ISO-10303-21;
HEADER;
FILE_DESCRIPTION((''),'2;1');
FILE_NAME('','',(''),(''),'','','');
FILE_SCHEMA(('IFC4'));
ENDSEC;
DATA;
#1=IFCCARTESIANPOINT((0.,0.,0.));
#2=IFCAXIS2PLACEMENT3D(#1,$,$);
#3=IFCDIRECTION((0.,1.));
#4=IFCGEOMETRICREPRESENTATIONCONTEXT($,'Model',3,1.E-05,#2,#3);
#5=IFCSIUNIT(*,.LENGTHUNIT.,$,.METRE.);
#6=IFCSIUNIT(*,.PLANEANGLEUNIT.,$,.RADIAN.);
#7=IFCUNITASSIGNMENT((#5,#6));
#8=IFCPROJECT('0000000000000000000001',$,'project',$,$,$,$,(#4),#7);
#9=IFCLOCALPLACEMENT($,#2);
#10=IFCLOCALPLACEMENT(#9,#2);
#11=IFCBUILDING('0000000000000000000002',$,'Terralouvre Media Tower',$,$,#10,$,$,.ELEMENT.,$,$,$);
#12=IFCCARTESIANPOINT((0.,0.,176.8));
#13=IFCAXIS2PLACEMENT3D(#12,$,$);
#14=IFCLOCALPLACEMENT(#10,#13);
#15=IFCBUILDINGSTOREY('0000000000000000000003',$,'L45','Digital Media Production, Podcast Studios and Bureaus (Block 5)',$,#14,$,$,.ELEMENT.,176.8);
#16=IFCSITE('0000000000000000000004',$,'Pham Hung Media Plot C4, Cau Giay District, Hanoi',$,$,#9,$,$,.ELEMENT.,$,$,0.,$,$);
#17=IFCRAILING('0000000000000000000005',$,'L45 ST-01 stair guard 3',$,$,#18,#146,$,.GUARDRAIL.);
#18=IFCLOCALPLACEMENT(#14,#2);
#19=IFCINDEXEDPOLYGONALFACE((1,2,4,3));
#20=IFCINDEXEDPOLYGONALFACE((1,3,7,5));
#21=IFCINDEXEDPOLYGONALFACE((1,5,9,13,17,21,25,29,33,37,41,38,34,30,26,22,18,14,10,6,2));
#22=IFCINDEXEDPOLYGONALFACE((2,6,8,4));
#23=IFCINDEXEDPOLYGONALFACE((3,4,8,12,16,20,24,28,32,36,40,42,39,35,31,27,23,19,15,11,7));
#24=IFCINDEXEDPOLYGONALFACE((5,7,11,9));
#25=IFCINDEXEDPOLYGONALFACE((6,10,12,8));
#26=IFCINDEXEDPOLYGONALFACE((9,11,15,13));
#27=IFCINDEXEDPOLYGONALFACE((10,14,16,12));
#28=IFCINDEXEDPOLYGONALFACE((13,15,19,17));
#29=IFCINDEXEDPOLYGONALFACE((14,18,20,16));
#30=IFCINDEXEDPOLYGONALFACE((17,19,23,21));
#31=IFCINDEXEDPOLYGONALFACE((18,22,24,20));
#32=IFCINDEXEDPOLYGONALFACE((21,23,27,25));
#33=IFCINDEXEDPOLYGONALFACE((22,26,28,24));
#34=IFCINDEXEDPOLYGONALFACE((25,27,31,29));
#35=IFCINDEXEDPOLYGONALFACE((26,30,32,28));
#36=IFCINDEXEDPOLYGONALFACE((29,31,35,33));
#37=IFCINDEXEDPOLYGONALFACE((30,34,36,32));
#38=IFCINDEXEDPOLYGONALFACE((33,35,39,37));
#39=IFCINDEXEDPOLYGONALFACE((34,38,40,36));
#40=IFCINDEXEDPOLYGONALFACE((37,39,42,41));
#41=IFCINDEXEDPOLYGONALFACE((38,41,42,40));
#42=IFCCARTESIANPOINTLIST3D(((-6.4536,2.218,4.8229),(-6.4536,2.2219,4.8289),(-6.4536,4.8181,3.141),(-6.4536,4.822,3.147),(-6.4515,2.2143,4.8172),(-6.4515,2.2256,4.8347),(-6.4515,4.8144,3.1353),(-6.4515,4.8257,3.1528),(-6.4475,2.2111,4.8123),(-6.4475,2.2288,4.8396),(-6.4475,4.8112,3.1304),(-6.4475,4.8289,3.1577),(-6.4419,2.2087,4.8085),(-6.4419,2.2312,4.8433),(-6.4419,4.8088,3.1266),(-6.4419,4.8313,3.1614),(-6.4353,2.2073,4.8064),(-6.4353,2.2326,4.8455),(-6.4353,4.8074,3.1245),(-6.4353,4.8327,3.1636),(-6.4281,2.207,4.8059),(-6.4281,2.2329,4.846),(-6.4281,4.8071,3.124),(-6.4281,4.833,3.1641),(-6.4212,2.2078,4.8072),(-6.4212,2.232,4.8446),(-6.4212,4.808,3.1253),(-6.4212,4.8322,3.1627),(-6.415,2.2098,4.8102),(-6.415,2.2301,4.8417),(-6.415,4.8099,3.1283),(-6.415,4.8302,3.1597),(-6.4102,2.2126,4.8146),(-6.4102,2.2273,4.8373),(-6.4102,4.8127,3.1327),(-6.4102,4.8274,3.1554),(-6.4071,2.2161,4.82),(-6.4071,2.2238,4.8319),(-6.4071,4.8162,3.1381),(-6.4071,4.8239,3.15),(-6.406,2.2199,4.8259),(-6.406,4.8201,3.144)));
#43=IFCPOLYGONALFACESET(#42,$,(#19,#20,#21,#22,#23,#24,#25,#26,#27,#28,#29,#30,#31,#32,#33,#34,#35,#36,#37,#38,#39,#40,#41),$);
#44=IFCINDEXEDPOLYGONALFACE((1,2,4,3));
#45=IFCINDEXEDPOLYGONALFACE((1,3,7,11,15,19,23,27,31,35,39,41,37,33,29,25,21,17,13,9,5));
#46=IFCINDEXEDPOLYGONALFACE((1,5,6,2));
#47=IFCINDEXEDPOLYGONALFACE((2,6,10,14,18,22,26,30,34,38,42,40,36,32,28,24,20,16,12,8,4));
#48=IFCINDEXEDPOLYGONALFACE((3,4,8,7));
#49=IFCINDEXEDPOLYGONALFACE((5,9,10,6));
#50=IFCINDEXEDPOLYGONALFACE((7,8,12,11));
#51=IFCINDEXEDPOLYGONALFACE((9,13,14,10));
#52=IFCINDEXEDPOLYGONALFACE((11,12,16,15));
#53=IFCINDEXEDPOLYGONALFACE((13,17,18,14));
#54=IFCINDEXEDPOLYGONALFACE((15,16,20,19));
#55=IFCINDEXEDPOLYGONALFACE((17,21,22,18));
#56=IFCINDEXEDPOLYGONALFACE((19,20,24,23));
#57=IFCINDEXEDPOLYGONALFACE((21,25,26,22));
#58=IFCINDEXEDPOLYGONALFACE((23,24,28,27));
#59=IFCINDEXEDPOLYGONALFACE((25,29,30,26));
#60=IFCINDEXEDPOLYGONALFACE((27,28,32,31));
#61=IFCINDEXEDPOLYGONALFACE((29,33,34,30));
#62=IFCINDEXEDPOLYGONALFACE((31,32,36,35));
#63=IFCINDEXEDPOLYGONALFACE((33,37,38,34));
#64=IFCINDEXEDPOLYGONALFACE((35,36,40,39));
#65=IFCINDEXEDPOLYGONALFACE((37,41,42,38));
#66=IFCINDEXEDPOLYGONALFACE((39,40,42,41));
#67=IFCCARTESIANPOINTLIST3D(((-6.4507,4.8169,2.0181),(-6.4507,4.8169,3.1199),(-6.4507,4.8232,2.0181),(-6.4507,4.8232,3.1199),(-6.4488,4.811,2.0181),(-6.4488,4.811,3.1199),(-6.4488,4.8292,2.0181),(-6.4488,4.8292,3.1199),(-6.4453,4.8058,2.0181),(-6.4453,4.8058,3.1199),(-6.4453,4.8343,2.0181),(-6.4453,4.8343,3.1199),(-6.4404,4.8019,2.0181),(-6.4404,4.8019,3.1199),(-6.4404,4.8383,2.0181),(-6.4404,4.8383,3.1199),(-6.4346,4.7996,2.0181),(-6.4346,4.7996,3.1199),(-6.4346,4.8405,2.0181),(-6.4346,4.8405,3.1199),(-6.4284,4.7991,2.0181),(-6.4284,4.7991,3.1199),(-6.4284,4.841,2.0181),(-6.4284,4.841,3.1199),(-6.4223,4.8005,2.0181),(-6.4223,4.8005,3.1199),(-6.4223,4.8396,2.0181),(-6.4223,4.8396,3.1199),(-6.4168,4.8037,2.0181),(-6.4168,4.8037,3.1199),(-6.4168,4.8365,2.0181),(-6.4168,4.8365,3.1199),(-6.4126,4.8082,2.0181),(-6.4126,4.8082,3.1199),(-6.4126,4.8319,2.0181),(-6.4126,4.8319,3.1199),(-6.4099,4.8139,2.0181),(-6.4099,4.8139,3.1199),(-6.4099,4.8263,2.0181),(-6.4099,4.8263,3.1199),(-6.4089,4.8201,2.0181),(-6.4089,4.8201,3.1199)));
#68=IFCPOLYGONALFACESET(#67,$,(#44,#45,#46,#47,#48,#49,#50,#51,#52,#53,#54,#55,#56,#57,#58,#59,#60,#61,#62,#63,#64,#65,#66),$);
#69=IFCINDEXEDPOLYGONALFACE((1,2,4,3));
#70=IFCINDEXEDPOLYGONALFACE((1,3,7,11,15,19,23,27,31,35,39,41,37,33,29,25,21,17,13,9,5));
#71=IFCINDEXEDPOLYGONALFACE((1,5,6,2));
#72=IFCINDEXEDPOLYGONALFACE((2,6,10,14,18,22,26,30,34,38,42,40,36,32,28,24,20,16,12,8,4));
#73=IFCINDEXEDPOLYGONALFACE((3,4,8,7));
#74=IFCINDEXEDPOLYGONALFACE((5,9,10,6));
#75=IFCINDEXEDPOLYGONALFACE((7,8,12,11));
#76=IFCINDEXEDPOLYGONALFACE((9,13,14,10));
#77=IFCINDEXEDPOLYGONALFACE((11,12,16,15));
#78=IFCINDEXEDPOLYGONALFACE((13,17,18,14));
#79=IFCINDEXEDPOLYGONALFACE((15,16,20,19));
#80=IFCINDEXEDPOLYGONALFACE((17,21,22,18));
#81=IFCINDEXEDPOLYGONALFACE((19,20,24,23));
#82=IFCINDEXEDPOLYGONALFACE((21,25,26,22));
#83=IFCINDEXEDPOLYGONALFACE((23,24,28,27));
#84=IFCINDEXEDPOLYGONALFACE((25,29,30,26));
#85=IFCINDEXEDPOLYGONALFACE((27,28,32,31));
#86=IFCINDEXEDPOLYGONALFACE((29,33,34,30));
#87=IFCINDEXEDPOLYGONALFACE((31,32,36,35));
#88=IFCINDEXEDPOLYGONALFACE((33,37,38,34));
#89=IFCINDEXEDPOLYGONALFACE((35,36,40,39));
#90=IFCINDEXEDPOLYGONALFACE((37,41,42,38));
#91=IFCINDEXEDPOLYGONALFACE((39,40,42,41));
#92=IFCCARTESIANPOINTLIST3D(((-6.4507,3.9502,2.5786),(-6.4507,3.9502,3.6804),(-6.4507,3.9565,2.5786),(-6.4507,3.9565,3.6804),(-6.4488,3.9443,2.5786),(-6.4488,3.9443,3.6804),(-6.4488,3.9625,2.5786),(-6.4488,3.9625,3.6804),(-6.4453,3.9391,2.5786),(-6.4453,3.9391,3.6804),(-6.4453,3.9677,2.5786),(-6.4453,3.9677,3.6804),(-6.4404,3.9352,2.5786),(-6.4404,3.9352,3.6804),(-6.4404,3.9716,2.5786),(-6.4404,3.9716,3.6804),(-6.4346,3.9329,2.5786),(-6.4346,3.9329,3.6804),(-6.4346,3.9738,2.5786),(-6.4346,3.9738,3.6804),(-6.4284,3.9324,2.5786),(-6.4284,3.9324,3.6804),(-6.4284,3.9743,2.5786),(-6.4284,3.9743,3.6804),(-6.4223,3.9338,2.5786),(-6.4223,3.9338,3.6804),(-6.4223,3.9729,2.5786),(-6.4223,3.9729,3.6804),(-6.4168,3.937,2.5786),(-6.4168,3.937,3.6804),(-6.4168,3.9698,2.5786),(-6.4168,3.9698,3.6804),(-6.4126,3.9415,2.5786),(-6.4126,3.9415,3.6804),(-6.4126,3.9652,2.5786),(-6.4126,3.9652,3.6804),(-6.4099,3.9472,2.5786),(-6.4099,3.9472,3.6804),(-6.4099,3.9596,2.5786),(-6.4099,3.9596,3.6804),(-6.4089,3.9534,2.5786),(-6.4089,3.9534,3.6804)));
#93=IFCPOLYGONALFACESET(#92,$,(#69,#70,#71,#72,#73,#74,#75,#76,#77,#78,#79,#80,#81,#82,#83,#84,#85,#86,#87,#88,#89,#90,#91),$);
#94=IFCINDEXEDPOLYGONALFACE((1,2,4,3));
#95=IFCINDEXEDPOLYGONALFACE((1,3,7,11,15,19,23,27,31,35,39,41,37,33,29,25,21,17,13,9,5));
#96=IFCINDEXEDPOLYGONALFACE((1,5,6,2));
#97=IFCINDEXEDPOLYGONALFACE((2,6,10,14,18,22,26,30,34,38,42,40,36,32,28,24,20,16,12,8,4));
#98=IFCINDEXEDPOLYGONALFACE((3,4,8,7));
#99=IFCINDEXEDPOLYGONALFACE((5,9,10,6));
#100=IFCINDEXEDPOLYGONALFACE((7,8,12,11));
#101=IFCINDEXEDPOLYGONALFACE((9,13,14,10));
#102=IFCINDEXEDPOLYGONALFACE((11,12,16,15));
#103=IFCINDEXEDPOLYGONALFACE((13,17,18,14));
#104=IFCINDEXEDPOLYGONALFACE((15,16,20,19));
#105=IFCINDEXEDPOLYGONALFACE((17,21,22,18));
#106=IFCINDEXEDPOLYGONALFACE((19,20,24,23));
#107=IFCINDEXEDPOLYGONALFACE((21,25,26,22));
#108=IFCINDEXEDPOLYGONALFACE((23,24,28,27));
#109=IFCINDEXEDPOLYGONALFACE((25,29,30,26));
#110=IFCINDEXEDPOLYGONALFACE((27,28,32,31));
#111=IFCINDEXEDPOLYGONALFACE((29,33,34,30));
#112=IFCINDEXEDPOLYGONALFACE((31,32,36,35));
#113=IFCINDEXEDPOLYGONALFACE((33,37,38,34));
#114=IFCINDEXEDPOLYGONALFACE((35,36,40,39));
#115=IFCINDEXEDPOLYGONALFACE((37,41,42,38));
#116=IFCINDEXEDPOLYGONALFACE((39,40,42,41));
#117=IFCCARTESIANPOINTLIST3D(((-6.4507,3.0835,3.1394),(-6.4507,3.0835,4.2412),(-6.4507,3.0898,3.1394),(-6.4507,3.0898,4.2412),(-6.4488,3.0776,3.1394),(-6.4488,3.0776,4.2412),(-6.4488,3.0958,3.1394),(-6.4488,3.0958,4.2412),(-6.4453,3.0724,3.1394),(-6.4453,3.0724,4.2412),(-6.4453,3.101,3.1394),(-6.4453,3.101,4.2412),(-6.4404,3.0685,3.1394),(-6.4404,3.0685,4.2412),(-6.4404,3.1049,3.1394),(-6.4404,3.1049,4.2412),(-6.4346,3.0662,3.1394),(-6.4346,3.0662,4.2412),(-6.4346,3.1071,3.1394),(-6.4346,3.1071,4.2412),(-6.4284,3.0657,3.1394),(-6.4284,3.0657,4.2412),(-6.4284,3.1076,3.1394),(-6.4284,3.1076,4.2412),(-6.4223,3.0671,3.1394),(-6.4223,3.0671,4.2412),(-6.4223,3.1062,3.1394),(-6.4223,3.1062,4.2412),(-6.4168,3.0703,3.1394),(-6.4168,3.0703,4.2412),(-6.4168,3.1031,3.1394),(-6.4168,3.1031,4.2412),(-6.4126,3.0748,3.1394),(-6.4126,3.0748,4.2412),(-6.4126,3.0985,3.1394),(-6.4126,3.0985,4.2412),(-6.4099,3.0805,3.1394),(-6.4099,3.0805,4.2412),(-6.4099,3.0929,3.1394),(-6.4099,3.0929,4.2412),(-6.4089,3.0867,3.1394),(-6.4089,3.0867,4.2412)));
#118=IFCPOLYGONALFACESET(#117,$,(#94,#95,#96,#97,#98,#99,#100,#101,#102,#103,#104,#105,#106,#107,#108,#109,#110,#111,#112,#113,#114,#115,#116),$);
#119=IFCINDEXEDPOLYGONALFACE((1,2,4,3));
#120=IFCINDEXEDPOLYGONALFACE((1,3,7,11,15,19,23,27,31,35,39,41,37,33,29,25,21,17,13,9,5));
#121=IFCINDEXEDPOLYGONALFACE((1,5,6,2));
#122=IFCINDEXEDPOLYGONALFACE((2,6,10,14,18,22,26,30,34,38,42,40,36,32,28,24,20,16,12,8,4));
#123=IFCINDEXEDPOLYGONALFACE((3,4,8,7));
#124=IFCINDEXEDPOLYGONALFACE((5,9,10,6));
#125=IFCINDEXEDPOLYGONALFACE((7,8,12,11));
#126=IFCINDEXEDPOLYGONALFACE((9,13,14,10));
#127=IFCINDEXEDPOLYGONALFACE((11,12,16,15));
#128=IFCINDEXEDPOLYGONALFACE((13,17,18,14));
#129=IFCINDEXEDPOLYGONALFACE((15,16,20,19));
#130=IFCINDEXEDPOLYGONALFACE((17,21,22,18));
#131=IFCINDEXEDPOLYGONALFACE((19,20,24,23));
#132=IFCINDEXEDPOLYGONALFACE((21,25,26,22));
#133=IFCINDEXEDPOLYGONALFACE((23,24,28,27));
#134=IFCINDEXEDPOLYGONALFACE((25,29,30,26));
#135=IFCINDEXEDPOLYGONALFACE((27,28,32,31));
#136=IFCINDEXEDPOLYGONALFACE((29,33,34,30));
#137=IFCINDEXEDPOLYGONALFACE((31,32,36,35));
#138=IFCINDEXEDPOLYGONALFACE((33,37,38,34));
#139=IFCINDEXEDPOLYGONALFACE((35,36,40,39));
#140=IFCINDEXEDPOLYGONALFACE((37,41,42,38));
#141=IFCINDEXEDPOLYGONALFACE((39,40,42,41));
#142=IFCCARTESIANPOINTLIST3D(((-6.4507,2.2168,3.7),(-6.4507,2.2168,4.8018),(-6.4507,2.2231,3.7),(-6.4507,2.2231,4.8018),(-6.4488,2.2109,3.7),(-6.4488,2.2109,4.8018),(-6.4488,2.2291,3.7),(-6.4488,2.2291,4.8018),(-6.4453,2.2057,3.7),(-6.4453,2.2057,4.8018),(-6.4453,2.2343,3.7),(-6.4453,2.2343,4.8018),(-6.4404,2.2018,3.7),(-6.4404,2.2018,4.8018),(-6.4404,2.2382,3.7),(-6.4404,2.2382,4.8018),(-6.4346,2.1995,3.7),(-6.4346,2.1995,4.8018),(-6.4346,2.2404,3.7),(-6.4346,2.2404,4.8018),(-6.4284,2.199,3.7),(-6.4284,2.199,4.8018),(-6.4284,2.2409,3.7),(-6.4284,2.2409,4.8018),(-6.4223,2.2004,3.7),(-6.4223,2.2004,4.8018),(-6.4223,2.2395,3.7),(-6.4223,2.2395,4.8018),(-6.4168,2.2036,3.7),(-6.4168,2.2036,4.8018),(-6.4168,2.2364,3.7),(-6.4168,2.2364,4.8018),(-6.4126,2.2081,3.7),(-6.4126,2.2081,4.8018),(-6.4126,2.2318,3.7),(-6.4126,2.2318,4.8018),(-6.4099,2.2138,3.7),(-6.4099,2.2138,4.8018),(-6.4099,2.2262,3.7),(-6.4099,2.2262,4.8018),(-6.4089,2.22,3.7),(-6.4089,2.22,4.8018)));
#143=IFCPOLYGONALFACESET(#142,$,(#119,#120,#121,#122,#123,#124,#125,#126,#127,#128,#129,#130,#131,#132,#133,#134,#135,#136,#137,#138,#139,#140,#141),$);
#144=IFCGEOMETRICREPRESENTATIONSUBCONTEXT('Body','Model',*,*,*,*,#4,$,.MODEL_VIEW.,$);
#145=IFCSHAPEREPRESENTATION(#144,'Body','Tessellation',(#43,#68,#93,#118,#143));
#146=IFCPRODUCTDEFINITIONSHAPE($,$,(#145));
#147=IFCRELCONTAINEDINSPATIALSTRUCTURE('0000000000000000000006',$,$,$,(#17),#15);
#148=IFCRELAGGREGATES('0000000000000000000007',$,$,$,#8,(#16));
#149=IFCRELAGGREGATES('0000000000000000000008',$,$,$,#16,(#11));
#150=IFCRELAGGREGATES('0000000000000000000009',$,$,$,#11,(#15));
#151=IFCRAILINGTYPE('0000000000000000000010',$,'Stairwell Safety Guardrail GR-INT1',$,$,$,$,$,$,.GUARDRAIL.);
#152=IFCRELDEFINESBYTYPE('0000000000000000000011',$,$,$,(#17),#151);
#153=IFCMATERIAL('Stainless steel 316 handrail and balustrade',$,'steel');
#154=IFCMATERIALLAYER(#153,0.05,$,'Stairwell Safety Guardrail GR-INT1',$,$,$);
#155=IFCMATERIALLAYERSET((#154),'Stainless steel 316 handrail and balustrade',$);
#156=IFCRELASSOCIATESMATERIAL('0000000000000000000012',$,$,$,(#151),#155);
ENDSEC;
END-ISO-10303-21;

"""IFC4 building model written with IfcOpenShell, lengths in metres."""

from ifc_helpers import new_model, si_unit, direction, frame, origin, origin_2d, place, context, subcontext, project, spatial, circle, extrude, material, layer, layer_set, type_object, element, save


model = new_model("IFC4")

# Units and contexts
model_context = context("Model", 3, precision=1e-05, world=origin(), true_north=direction((0.0, 1.0)))
body_context = subcontext(model_context, "Body", "Model", "MODEL_VIEW")
ifc_project = project(units=[si_unit("LENGTHUNIT", "METRE"), si_unit("PLANEANGLEUNIT", "RADIAN")], contexts=[model_context])

# Site, building, storey
site_placement = place(None, origin())
site = spatial("IfcSite", under=ifc_project, at=site_placement, Name="Pham Hung Media Plot C4, Cau Giay District, Hanoi", CompositionType="ELEMENT", RefElevation=0.0)
building_placement = place(site_placement, origin())
building = spatial("IfcBuilding", under=site, at=building_placement, Name="Terralouvre Media Tower", CompositionType="ELEMENT")
storey_placement = place(building_placement, frame((0.0, 0.0, 176.8)))
storey = spatial("IfcBuildingStorey", under=building, at=storey_placement, Name="L45", Description="Digital Media Production, Podcast Studios and Bureaus (Block 5)", CompositionType="ELEMENT", Elevation=176.8)

# Railing
ifc_material_1 = material(Name="Stainless steel 316 handrail and balustrade", Category="steel")
ifc_layer_1 = layer(ifc_material_1, 0.05, Name="Stairwell Safety Guardrail GR-INT1")
ifc_layer_set_1 = layer_set([ifc_layer_1], Name="Stainless steel 316 handrail and balustrade")
railing_type_1 = type_object("IfcRailingType", Name="Stairwell Safety Guardrail GR-INT1", PredefinedType="GUARDRAIL", material=ifc_layer_set_1)
railing_1_placement = place(storey_placement, frame((-6.4299, 4.8201, 2.0181)))
element("IfcRailing", 1, at=railing_1_placement, inside=storey, type_object=railing_type_1, Name="L45 ST-01 stair guard 3", PredefinedType="GUARDRAIL", context=body_context, shape_type="SweptSolid", body=[
    extrude(circle(Radius=0.0239, at=origin_2d()), frame((0.0, 0.0, 1.126), z_axis=(0.0, -0.839648, 0.54313), x_axis=(1.0, 0.0, 0.0)), (0.0, 0.0, 1.0), 3.0967),
    extrude(circle(Radius=0.021, at=origin_2d()), origin(), (0.0, 0.0, 1.0), 1.1018),
    extrude(circle(Radius=0.021, at=origin_2d()), frame((0.0, -0.8667, 0.5605)), (0.0, 0.0, 1.0), 1.1018),
    extrude(circle(Radius=0.021, at=origin_2d()), frame((0.0, -1.7334, 1.1213)), (0.0, 0.0, 1.0), 1.1018),
    extrude(circle(Radius=0.021, at=origin_2d()), frame((0.0, -2.6001, 1.6819)), (0.0, 0.0, 1.0), 1.1018),
])

save(model, "model.ifc")
